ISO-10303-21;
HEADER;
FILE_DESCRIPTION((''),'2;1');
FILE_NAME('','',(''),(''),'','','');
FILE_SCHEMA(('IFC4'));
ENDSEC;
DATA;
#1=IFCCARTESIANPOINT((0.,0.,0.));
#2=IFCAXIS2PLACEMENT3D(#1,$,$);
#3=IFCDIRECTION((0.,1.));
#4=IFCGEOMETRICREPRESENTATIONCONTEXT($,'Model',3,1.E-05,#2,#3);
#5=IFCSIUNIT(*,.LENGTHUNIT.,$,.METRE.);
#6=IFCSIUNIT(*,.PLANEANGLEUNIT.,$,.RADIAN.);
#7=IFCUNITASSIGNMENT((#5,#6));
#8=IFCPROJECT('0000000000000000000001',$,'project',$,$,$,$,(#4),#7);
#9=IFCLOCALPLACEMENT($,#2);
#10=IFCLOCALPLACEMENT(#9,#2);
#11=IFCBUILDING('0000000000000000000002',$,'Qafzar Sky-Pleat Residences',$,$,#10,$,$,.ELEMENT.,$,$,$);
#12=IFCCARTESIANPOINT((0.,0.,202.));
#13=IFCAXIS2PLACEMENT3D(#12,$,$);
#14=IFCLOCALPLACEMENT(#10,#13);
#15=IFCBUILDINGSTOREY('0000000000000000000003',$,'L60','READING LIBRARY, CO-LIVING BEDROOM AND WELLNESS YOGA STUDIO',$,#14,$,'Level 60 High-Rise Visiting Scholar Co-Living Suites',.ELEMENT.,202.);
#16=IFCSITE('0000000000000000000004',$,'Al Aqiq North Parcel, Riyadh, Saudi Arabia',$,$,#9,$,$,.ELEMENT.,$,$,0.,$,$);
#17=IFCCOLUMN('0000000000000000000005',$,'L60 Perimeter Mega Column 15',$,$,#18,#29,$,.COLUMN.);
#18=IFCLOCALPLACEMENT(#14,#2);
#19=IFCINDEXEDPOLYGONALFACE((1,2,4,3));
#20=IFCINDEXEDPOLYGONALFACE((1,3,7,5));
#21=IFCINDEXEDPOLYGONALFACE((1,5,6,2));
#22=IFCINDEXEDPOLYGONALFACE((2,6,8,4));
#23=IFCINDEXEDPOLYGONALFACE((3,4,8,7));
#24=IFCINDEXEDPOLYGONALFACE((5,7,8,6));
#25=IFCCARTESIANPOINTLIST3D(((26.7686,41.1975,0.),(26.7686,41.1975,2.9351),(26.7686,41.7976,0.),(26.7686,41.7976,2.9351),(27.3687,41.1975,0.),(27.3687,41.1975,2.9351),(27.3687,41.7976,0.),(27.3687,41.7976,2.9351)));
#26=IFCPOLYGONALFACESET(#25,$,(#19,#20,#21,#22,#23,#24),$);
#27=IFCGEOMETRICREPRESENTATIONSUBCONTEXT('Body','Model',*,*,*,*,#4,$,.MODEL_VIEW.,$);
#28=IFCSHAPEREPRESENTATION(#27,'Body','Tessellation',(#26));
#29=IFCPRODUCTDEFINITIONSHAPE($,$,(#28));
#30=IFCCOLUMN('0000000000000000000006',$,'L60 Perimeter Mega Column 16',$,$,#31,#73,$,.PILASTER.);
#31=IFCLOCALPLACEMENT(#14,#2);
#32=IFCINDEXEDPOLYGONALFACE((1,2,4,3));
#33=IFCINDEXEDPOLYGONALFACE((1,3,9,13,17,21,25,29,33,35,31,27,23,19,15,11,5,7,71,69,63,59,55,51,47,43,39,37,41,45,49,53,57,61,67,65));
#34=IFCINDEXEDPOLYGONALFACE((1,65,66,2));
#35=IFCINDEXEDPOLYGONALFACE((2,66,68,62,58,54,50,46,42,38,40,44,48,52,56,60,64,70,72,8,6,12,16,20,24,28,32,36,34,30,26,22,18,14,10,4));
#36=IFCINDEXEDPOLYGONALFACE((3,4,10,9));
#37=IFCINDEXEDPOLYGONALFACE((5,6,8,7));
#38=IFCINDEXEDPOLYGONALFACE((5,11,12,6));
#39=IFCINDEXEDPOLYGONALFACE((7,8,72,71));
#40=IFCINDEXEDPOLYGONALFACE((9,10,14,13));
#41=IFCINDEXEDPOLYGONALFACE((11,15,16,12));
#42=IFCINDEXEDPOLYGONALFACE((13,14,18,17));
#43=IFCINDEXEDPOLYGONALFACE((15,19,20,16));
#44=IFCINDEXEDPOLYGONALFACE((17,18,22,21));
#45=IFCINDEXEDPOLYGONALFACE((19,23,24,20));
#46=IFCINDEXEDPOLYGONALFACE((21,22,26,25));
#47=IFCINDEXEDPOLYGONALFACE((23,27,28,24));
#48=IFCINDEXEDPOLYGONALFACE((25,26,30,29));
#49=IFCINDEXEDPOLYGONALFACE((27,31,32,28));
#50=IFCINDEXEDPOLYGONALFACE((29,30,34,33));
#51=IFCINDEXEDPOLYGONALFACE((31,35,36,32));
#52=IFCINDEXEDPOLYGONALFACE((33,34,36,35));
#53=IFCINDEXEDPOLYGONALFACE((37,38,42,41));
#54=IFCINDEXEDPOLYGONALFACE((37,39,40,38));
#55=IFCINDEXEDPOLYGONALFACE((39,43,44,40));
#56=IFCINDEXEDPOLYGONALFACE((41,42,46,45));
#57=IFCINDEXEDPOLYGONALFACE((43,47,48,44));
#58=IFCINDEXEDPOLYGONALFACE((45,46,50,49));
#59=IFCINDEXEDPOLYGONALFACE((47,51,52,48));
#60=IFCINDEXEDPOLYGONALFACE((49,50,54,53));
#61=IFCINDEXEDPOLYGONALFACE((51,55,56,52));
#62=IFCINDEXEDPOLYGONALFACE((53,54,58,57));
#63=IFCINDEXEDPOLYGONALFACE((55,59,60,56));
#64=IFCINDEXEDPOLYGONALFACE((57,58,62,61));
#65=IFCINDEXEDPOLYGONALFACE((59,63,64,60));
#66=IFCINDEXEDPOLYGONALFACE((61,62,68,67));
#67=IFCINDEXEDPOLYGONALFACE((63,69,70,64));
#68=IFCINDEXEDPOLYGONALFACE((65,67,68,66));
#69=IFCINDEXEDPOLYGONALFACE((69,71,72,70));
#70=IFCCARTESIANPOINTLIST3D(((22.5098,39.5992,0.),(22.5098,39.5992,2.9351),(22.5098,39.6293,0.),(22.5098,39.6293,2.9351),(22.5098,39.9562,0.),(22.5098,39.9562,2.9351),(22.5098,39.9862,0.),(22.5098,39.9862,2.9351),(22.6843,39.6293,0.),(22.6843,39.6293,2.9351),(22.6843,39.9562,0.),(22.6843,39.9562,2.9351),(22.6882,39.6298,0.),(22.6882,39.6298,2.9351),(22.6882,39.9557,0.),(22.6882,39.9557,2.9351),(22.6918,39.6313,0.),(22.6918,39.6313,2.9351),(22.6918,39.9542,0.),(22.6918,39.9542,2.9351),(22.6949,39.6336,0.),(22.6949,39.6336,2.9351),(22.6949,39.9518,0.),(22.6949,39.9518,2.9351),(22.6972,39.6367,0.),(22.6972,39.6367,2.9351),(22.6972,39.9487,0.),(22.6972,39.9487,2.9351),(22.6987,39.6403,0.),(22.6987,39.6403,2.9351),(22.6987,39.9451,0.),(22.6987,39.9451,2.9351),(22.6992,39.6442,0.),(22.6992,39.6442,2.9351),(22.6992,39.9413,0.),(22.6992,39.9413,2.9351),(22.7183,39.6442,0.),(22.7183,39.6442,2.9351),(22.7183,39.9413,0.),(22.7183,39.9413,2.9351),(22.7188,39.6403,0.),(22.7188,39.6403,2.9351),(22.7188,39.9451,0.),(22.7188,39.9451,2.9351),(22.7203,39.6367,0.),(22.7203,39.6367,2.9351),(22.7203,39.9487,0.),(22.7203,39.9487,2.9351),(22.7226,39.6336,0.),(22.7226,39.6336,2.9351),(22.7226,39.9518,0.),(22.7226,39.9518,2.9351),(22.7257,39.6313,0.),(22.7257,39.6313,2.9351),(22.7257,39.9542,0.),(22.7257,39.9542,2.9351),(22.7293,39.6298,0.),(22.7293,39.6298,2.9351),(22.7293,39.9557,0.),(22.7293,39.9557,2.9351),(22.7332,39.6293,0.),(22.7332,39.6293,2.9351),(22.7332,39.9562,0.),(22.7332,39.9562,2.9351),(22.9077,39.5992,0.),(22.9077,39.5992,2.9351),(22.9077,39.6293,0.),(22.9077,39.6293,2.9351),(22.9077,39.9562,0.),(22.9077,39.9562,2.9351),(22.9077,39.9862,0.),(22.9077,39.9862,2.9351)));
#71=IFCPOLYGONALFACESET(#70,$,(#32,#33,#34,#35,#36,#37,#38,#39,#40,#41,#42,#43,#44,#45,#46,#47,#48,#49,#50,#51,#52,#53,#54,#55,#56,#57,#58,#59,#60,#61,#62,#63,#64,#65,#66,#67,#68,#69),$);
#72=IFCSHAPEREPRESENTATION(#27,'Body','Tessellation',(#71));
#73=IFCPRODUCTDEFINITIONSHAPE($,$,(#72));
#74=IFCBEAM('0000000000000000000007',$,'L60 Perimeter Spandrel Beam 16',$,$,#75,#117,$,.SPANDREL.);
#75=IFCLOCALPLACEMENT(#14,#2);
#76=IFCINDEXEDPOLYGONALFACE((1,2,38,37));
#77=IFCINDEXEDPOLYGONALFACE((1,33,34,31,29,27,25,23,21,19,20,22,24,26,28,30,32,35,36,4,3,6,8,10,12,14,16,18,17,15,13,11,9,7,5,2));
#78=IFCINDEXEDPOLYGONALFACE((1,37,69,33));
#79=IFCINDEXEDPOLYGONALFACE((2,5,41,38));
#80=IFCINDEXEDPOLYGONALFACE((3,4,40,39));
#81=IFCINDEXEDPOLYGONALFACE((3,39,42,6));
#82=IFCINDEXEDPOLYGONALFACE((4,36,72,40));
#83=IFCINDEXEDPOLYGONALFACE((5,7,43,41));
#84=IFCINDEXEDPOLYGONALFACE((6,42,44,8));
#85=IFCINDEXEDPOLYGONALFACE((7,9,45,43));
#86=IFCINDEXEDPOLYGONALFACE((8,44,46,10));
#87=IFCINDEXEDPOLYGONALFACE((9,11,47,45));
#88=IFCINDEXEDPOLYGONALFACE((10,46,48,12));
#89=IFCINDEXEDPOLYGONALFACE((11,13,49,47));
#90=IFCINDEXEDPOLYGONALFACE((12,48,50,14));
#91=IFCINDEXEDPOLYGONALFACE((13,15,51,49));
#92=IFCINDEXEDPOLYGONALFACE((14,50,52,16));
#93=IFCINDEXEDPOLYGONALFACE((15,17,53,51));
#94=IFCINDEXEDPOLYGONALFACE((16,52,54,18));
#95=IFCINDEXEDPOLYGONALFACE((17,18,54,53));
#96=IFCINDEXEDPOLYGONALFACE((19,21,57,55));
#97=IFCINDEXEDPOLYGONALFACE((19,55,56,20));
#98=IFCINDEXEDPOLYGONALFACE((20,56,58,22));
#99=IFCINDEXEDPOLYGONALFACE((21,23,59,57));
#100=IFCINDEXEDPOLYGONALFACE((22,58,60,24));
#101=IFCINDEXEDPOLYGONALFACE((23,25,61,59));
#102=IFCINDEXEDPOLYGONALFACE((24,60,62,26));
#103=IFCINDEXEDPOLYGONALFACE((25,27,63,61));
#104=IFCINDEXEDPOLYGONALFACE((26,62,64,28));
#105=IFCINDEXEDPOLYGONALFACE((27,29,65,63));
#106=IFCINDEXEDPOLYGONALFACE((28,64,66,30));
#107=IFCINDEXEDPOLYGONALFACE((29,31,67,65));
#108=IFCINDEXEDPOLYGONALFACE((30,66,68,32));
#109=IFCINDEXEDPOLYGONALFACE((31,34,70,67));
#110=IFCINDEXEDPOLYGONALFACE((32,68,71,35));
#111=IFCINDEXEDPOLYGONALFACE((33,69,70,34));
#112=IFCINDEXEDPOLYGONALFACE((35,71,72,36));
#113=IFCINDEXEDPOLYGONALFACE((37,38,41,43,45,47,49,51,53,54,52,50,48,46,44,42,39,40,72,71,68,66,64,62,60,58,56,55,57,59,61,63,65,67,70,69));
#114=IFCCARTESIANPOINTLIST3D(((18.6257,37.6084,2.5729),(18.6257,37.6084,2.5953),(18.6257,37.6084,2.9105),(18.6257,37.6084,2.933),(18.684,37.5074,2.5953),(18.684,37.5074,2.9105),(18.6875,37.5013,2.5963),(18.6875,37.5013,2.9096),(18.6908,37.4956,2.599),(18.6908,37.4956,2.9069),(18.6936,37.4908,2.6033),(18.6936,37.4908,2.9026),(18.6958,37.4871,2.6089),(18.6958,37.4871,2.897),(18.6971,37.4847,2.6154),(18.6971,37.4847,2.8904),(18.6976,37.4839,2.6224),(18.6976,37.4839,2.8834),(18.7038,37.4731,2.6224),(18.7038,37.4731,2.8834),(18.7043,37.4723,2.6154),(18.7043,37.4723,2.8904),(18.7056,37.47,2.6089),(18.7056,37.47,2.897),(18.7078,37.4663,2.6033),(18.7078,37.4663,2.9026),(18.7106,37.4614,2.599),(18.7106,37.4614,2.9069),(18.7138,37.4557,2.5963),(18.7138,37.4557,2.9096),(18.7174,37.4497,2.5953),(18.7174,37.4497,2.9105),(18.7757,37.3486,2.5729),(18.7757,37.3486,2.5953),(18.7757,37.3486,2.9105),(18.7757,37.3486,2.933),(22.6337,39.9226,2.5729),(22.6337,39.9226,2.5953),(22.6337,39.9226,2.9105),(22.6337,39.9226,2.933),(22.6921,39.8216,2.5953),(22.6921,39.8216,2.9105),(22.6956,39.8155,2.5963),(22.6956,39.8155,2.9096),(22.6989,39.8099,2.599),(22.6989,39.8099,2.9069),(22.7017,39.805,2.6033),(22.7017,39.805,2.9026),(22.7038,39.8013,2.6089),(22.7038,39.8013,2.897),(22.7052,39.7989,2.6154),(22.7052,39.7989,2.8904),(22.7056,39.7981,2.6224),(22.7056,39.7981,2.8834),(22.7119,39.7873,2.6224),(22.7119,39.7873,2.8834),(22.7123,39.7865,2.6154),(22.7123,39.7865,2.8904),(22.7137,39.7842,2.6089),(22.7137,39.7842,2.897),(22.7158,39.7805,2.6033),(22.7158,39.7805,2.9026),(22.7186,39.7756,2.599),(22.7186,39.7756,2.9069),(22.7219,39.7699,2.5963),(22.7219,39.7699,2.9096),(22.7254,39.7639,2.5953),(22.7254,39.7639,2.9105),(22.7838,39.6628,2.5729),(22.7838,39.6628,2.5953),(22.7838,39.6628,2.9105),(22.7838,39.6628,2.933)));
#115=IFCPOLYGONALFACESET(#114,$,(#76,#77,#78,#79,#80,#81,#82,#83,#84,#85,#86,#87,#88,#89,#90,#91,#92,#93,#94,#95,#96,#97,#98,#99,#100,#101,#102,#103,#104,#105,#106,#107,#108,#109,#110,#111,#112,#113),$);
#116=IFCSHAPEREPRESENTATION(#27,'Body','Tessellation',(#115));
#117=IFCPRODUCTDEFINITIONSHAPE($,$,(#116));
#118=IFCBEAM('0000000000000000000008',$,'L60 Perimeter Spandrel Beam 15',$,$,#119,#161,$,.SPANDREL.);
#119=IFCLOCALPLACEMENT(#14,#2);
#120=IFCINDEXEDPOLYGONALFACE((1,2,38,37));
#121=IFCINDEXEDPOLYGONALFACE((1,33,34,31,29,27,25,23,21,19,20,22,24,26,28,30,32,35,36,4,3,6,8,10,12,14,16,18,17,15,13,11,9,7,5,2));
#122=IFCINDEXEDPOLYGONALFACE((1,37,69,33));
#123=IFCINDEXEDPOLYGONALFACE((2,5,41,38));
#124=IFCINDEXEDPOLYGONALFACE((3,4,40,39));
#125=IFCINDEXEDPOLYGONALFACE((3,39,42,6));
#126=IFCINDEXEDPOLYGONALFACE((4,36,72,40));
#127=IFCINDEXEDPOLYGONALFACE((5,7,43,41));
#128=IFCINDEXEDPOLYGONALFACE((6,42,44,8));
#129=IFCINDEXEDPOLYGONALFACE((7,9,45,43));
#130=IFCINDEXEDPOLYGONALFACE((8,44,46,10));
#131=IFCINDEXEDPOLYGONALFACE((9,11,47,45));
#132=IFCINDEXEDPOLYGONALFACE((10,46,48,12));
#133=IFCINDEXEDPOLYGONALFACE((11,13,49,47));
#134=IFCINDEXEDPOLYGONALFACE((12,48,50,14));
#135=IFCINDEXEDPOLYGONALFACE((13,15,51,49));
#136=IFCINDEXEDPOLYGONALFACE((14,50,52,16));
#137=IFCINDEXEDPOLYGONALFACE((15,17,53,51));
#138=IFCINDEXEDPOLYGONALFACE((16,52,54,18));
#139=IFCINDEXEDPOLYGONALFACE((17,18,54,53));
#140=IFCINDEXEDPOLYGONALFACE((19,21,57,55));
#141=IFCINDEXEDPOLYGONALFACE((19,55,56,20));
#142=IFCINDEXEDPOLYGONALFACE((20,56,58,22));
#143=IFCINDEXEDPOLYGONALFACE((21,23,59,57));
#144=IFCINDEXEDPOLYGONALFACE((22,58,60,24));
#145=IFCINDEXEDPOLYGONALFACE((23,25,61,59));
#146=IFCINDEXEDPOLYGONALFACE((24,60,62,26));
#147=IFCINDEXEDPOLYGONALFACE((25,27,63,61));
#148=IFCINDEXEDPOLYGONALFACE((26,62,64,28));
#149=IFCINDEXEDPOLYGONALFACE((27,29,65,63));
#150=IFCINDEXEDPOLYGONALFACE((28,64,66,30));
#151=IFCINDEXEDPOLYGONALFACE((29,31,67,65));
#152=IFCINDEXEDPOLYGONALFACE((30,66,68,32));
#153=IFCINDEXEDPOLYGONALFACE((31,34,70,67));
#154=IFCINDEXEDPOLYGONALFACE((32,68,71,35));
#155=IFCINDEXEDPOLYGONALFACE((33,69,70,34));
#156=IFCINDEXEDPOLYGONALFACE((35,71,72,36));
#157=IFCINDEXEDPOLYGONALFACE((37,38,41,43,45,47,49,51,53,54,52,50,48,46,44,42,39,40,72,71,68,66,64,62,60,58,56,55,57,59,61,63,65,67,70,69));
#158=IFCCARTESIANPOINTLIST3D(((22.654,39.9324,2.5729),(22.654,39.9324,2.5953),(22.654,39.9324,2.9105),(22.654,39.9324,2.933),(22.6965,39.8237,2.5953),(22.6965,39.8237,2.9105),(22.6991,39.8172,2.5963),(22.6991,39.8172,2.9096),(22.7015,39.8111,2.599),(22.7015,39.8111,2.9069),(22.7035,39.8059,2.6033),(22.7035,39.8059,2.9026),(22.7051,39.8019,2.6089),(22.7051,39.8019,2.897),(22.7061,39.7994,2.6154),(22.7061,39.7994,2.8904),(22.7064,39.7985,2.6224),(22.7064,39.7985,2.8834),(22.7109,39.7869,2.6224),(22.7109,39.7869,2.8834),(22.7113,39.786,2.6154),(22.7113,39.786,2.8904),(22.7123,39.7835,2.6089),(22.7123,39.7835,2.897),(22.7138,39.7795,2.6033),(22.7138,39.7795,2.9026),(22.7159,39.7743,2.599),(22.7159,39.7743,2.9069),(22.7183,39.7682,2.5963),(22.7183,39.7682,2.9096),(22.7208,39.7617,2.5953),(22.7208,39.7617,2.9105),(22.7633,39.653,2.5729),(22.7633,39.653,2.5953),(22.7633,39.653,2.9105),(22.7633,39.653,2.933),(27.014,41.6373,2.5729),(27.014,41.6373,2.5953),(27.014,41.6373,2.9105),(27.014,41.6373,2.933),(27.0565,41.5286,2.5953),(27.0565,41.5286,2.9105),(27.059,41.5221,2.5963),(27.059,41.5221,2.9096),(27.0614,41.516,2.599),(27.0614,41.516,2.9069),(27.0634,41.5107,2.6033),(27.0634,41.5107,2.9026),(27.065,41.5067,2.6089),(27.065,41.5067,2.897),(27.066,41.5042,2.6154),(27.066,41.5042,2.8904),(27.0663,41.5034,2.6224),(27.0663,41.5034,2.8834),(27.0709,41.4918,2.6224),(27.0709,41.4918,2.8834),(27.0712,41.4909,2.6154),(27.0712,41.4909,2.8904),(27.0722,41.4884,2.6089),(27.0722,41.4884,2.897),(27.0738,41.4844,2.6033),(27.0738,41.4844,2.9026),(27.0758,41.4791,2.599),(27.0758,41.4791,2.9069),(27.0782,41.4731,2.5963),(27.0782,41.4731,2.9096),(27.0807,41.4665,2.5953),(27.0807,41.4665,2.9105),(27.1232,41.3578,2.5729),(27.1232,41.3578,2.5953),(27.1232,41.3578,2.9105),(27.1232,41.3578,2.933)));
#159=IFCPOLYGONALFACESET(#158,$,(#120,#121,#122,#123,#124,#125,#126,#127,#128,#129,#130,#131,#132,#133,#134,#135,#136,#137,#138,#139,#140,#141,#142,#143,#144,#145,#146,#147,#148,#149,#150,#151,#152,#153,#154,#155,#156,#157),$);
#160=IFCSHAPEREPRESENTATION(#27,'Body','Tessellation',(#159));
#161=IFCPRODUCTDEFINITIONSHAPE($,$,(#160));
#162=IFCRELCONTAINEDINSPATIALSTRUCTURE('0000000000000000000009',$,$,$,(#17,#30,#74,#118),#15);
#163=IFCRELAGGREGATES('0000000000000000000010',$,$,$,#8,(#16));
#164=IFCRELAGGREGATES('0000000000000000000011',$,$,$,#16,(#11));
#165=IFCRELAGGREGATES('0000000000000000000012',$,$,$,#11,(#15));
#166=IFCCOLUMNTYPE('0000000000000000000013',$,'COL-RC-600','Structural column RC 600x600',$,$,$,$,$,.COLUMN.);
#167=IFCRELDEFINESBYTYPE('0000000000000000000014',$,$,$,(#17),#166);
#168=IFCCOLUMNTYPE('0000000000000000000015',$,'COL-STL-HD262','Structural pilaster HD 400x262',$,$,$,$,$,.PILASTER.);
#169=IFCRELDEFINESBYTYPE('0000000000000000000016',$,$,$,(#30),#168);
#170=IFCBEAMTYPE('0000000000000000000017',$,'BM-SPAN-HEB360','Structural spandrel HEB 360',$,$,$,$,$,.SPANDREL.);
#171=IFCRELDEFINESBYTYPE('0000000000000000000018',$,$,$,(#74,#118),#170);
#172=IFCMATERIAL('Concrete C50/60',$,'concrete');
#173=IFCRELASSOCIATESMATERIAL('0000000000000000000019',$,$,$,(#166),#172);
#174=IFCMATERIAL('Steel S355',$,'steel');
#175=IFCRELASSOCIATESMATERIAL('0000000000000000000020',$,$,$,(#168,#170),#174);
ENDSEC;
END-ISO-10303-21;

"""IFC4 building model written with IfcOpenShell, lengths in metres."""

from ifc_helpers import new_model, si_unit, direction, frame, origin, origin_2d, place, context, subcontext, project, spatial, rectangle, i_section, extrude, source, transform, mapped, material, material_profile, profile_set, type_object, element, save


model = new_model("IFC4")

# Units and contexts
model_context = context("Model", 3, precision=1e-05, world=origin(), true_north=direction((0.0, 1.0)))
body_context = subcontext(model_context, "Body", "Model", "MODEL_VIEW")
ifc_project = project(units=[si_unit("LENGTHUNIT", "METRE"), si_unit("PLANEANGLEUNIT", "RADIAN")], contexts=[model_context])

# Site, building, storey
site_placement = place(None, origin())
site = spatial("IfcSite", under=ifc_project, at=site_placement, Name="Al Aqiq North Parcel, Riyadh, Saudi Arabia", CompositionType="ELEMENT", RefElevation=0.0)
building_placement = place(site_placement, origin())
building = spatial("IfcBuilding", under=site, at=building_placement, Name="Qafzar Sky-Pleat Residences", CompositionType="ELEMENT")
storey_placement = place(building_placement, frame((0.0, 0.0, 202.0)))
storey = spatial("IfcBuildingStorey", under=building, at=storey_placement, Name="L60", Description="READING LIBRARY, CO-LIVING BEDROOM AND WELLNESS YOGA STUDIO", LongName="Level 60 High-Rise Visiting Scholar Co-Living Suites", CompositionType="ELEMENT", Elevation=202.0)

# Columns
ifc_material_1 = material(Name="Concrete C50/60", Category="concrete")
ifc_material_profile_1 = material_profile(ifc_material_1, rectangle(XDim=0.6001, YDim=0.6001, at=origin_2d()), Name="RC 600x600")
ifc_profile_set_1 = profile_set([ifc_material_profile_1], Name="Concrete C50/60")
column_type_1 = type_object("IfcColumnType", Name="COL-RC-600", Description="Structural column RC 600x600", PredefinedType="COLUMN", material=ifc_profile_set_1)
shared_shape_1 = source(origin(), body_context, "Body", "SweptSolid", [
    extrude(rectangle(XDim=0.6001, YDim=0.6001, at=origin_2d()), origin(), (0.0, 0.0, 1.0), 2.9351),
])
column_1_placement = place(storey_placement, frame((27.0686, 41.4976, 0.0), z_axis=(0.0, 0.0, 1.0), x_axis=(1.0, 0.0, 0.0)))
element("IfcColumn", 1, at=column_1_placement, inside=storey, type_object=column_type_1, Name="L60 Perimeter Mega Column 15", PredefinedType="COLUMN", context=body_context, shape_type="MappedRepresentation", body=[
    mapped(shared_shape_1, transform((0.0, 0.0, 0.0), x_axis=(1.0, 0.0, 0.0), y_axis=(0.0, 1.0, 0.0), z_axis=(0.0, 0.0, 1.0), scale=1.0)),
])
ifc_material_2 = material(Name="Steel S355", Category="steel")
ifc_material_profile_2 = material_profile(ifc_material_2, i_section(OverallWidth=0.3979, OverallDepth=0.387, WebThickness=0.019, FlangeThickness=0.03, FilletRadius=0.0149, at=origin_2d()), Name="HD 400x262")
ifc_profile_set_2 = profile_set([ifc_material_profile_2], Name="Steel S355")
column_type_2 = type_object("IfcColumnType", Name="COL-STL-HD262", Description="Structural pilaster HD 400x262", PredefinedType="PILASTER", material=ifc_profile_set_2)
shared_shape_2 = source(origin(), body_context, "Body", "SweptSolid", [
    extrude(i_section(OverallWidth=0.3979, OverallDepth=0.387, WebThickness=0.019, FlangeThickness=0.03, FilletRadius=0.0149, at=origin_2d()), origin(), (0.0, 0.0, 1.0), 2.9351),
])
column_2_placement = place(storey_placement, frame((22.7087, 39.7927, 0.0), z_axis=(0.0, 0.0, 1.0), x_axis=(1.0, 0.0, 0.0)))
element("IfcColumn", 2, at=column_2_placement, inside=storey, type_object=column_type_2, Name="L60 Perimeter Mega Column 16", PredefinedType="PILASTER", context=body_context, shape_type="MappedRepresentation", body=[
    mapped(shared_shape_2, transform((0.0, 0.0, 0.0), x_axis=(1.0, 0.0, 0.0), y_axis=(0.0, 1.0, 0.0), z_axis=(0.0, 0.0, 1.0), scale=1.0)),
])

# Beams
ifc_material_profile_3 = material_profile(ifc_material_2, i_section(OverallWidth=0.3, OverallDepth=0.3601, WebThickness=0.0125, FlangeThickness=0.0225, FilletRadius=0.0271, at=origin_2d()), Name="HEB 360")
ifc_profile_set_3 = profile_set([ifc_material_profile_3], Name="Steel S355")
beam_type_1 = type_object("IfcBeamType", Name="BM-SPAN-HEB360", Description="Structural spandrel HEB 360", PredefinedType="SPANDREL", material=ifc_profile_set_3)
shared_shape_3 = source(origin(), body_context, "Body", "SweptSolid", [
    extrude(i_section(OverallWidth=0.3, OverallDepth=0.3601, WebThickness=0.0125, FlangeThickness=0.0225, FilletRadius=0.0271, at=origin_2d()), origin(), (0.0, 0.0, 1.0), 4.6282),
])
beam_1_placement = place(storey_placement, frame((22.7087, 39.7927, 2.7529), z_axis=(-0.866011, -0.500025, 0.0), x_axis=(0.500025, -0.866011, 0.0)))
element("IfcBeam", 3, at=beam_1_placement, inside=storey, type_object=beam_type_1, Name="L60 Perimeter Spandrel Beam 16", PredefinedType="SPANDREL", context=body_context, shape_type="MappedRepresentation", body=[
    mapped(shared_shape_3, transform((0.0, 0.0, 0.0), x_axis=(1.0, 0.0, 0.0), y_axis=(0.0, 1.0, 0.0), z_axis=(0.0, 0.0, 1.0), scale=1.0)),
])
shared_shape_4 = source(origin(), body_context, "Body", "SweptSolid", [
    extrude(i_section(OverallWidth=0.3, OverallDepth=0.3601, WebThickness=0.0125, FlangeThickness=0.0225, FilletRadius=0.0271, at=origin_2d()), origin(), (0.0, 0.0, 1.0), 4.6814),
])
beam_2_placement = place(storey_placement, frame((27.0686, 41.4976, 2.7529), z_axis=(-0.93133, -0.364177, 0.0), x_axis=(0.364177, -0.93133, 0.0)))
element("IfcBeam", 4, at=beam_2_placement, inside=storey, type_object=beam_type_1, Name="L60 Perimeter Spandrel Beam 15", PredefinedType="SPANDREL", context=body_context, shape_type="MappedRepresentation", body=[
    mapped(shared_shape_4, transform((0.0, 0.0, 0.0), x_axis=(1.0, 0.0, 0.0), y_axis=(0.0, 1.0, 0.0), z_axis=(0.0, 0.0, 1.0), scale=1.0)),
])

save(model, "model.ifc")
